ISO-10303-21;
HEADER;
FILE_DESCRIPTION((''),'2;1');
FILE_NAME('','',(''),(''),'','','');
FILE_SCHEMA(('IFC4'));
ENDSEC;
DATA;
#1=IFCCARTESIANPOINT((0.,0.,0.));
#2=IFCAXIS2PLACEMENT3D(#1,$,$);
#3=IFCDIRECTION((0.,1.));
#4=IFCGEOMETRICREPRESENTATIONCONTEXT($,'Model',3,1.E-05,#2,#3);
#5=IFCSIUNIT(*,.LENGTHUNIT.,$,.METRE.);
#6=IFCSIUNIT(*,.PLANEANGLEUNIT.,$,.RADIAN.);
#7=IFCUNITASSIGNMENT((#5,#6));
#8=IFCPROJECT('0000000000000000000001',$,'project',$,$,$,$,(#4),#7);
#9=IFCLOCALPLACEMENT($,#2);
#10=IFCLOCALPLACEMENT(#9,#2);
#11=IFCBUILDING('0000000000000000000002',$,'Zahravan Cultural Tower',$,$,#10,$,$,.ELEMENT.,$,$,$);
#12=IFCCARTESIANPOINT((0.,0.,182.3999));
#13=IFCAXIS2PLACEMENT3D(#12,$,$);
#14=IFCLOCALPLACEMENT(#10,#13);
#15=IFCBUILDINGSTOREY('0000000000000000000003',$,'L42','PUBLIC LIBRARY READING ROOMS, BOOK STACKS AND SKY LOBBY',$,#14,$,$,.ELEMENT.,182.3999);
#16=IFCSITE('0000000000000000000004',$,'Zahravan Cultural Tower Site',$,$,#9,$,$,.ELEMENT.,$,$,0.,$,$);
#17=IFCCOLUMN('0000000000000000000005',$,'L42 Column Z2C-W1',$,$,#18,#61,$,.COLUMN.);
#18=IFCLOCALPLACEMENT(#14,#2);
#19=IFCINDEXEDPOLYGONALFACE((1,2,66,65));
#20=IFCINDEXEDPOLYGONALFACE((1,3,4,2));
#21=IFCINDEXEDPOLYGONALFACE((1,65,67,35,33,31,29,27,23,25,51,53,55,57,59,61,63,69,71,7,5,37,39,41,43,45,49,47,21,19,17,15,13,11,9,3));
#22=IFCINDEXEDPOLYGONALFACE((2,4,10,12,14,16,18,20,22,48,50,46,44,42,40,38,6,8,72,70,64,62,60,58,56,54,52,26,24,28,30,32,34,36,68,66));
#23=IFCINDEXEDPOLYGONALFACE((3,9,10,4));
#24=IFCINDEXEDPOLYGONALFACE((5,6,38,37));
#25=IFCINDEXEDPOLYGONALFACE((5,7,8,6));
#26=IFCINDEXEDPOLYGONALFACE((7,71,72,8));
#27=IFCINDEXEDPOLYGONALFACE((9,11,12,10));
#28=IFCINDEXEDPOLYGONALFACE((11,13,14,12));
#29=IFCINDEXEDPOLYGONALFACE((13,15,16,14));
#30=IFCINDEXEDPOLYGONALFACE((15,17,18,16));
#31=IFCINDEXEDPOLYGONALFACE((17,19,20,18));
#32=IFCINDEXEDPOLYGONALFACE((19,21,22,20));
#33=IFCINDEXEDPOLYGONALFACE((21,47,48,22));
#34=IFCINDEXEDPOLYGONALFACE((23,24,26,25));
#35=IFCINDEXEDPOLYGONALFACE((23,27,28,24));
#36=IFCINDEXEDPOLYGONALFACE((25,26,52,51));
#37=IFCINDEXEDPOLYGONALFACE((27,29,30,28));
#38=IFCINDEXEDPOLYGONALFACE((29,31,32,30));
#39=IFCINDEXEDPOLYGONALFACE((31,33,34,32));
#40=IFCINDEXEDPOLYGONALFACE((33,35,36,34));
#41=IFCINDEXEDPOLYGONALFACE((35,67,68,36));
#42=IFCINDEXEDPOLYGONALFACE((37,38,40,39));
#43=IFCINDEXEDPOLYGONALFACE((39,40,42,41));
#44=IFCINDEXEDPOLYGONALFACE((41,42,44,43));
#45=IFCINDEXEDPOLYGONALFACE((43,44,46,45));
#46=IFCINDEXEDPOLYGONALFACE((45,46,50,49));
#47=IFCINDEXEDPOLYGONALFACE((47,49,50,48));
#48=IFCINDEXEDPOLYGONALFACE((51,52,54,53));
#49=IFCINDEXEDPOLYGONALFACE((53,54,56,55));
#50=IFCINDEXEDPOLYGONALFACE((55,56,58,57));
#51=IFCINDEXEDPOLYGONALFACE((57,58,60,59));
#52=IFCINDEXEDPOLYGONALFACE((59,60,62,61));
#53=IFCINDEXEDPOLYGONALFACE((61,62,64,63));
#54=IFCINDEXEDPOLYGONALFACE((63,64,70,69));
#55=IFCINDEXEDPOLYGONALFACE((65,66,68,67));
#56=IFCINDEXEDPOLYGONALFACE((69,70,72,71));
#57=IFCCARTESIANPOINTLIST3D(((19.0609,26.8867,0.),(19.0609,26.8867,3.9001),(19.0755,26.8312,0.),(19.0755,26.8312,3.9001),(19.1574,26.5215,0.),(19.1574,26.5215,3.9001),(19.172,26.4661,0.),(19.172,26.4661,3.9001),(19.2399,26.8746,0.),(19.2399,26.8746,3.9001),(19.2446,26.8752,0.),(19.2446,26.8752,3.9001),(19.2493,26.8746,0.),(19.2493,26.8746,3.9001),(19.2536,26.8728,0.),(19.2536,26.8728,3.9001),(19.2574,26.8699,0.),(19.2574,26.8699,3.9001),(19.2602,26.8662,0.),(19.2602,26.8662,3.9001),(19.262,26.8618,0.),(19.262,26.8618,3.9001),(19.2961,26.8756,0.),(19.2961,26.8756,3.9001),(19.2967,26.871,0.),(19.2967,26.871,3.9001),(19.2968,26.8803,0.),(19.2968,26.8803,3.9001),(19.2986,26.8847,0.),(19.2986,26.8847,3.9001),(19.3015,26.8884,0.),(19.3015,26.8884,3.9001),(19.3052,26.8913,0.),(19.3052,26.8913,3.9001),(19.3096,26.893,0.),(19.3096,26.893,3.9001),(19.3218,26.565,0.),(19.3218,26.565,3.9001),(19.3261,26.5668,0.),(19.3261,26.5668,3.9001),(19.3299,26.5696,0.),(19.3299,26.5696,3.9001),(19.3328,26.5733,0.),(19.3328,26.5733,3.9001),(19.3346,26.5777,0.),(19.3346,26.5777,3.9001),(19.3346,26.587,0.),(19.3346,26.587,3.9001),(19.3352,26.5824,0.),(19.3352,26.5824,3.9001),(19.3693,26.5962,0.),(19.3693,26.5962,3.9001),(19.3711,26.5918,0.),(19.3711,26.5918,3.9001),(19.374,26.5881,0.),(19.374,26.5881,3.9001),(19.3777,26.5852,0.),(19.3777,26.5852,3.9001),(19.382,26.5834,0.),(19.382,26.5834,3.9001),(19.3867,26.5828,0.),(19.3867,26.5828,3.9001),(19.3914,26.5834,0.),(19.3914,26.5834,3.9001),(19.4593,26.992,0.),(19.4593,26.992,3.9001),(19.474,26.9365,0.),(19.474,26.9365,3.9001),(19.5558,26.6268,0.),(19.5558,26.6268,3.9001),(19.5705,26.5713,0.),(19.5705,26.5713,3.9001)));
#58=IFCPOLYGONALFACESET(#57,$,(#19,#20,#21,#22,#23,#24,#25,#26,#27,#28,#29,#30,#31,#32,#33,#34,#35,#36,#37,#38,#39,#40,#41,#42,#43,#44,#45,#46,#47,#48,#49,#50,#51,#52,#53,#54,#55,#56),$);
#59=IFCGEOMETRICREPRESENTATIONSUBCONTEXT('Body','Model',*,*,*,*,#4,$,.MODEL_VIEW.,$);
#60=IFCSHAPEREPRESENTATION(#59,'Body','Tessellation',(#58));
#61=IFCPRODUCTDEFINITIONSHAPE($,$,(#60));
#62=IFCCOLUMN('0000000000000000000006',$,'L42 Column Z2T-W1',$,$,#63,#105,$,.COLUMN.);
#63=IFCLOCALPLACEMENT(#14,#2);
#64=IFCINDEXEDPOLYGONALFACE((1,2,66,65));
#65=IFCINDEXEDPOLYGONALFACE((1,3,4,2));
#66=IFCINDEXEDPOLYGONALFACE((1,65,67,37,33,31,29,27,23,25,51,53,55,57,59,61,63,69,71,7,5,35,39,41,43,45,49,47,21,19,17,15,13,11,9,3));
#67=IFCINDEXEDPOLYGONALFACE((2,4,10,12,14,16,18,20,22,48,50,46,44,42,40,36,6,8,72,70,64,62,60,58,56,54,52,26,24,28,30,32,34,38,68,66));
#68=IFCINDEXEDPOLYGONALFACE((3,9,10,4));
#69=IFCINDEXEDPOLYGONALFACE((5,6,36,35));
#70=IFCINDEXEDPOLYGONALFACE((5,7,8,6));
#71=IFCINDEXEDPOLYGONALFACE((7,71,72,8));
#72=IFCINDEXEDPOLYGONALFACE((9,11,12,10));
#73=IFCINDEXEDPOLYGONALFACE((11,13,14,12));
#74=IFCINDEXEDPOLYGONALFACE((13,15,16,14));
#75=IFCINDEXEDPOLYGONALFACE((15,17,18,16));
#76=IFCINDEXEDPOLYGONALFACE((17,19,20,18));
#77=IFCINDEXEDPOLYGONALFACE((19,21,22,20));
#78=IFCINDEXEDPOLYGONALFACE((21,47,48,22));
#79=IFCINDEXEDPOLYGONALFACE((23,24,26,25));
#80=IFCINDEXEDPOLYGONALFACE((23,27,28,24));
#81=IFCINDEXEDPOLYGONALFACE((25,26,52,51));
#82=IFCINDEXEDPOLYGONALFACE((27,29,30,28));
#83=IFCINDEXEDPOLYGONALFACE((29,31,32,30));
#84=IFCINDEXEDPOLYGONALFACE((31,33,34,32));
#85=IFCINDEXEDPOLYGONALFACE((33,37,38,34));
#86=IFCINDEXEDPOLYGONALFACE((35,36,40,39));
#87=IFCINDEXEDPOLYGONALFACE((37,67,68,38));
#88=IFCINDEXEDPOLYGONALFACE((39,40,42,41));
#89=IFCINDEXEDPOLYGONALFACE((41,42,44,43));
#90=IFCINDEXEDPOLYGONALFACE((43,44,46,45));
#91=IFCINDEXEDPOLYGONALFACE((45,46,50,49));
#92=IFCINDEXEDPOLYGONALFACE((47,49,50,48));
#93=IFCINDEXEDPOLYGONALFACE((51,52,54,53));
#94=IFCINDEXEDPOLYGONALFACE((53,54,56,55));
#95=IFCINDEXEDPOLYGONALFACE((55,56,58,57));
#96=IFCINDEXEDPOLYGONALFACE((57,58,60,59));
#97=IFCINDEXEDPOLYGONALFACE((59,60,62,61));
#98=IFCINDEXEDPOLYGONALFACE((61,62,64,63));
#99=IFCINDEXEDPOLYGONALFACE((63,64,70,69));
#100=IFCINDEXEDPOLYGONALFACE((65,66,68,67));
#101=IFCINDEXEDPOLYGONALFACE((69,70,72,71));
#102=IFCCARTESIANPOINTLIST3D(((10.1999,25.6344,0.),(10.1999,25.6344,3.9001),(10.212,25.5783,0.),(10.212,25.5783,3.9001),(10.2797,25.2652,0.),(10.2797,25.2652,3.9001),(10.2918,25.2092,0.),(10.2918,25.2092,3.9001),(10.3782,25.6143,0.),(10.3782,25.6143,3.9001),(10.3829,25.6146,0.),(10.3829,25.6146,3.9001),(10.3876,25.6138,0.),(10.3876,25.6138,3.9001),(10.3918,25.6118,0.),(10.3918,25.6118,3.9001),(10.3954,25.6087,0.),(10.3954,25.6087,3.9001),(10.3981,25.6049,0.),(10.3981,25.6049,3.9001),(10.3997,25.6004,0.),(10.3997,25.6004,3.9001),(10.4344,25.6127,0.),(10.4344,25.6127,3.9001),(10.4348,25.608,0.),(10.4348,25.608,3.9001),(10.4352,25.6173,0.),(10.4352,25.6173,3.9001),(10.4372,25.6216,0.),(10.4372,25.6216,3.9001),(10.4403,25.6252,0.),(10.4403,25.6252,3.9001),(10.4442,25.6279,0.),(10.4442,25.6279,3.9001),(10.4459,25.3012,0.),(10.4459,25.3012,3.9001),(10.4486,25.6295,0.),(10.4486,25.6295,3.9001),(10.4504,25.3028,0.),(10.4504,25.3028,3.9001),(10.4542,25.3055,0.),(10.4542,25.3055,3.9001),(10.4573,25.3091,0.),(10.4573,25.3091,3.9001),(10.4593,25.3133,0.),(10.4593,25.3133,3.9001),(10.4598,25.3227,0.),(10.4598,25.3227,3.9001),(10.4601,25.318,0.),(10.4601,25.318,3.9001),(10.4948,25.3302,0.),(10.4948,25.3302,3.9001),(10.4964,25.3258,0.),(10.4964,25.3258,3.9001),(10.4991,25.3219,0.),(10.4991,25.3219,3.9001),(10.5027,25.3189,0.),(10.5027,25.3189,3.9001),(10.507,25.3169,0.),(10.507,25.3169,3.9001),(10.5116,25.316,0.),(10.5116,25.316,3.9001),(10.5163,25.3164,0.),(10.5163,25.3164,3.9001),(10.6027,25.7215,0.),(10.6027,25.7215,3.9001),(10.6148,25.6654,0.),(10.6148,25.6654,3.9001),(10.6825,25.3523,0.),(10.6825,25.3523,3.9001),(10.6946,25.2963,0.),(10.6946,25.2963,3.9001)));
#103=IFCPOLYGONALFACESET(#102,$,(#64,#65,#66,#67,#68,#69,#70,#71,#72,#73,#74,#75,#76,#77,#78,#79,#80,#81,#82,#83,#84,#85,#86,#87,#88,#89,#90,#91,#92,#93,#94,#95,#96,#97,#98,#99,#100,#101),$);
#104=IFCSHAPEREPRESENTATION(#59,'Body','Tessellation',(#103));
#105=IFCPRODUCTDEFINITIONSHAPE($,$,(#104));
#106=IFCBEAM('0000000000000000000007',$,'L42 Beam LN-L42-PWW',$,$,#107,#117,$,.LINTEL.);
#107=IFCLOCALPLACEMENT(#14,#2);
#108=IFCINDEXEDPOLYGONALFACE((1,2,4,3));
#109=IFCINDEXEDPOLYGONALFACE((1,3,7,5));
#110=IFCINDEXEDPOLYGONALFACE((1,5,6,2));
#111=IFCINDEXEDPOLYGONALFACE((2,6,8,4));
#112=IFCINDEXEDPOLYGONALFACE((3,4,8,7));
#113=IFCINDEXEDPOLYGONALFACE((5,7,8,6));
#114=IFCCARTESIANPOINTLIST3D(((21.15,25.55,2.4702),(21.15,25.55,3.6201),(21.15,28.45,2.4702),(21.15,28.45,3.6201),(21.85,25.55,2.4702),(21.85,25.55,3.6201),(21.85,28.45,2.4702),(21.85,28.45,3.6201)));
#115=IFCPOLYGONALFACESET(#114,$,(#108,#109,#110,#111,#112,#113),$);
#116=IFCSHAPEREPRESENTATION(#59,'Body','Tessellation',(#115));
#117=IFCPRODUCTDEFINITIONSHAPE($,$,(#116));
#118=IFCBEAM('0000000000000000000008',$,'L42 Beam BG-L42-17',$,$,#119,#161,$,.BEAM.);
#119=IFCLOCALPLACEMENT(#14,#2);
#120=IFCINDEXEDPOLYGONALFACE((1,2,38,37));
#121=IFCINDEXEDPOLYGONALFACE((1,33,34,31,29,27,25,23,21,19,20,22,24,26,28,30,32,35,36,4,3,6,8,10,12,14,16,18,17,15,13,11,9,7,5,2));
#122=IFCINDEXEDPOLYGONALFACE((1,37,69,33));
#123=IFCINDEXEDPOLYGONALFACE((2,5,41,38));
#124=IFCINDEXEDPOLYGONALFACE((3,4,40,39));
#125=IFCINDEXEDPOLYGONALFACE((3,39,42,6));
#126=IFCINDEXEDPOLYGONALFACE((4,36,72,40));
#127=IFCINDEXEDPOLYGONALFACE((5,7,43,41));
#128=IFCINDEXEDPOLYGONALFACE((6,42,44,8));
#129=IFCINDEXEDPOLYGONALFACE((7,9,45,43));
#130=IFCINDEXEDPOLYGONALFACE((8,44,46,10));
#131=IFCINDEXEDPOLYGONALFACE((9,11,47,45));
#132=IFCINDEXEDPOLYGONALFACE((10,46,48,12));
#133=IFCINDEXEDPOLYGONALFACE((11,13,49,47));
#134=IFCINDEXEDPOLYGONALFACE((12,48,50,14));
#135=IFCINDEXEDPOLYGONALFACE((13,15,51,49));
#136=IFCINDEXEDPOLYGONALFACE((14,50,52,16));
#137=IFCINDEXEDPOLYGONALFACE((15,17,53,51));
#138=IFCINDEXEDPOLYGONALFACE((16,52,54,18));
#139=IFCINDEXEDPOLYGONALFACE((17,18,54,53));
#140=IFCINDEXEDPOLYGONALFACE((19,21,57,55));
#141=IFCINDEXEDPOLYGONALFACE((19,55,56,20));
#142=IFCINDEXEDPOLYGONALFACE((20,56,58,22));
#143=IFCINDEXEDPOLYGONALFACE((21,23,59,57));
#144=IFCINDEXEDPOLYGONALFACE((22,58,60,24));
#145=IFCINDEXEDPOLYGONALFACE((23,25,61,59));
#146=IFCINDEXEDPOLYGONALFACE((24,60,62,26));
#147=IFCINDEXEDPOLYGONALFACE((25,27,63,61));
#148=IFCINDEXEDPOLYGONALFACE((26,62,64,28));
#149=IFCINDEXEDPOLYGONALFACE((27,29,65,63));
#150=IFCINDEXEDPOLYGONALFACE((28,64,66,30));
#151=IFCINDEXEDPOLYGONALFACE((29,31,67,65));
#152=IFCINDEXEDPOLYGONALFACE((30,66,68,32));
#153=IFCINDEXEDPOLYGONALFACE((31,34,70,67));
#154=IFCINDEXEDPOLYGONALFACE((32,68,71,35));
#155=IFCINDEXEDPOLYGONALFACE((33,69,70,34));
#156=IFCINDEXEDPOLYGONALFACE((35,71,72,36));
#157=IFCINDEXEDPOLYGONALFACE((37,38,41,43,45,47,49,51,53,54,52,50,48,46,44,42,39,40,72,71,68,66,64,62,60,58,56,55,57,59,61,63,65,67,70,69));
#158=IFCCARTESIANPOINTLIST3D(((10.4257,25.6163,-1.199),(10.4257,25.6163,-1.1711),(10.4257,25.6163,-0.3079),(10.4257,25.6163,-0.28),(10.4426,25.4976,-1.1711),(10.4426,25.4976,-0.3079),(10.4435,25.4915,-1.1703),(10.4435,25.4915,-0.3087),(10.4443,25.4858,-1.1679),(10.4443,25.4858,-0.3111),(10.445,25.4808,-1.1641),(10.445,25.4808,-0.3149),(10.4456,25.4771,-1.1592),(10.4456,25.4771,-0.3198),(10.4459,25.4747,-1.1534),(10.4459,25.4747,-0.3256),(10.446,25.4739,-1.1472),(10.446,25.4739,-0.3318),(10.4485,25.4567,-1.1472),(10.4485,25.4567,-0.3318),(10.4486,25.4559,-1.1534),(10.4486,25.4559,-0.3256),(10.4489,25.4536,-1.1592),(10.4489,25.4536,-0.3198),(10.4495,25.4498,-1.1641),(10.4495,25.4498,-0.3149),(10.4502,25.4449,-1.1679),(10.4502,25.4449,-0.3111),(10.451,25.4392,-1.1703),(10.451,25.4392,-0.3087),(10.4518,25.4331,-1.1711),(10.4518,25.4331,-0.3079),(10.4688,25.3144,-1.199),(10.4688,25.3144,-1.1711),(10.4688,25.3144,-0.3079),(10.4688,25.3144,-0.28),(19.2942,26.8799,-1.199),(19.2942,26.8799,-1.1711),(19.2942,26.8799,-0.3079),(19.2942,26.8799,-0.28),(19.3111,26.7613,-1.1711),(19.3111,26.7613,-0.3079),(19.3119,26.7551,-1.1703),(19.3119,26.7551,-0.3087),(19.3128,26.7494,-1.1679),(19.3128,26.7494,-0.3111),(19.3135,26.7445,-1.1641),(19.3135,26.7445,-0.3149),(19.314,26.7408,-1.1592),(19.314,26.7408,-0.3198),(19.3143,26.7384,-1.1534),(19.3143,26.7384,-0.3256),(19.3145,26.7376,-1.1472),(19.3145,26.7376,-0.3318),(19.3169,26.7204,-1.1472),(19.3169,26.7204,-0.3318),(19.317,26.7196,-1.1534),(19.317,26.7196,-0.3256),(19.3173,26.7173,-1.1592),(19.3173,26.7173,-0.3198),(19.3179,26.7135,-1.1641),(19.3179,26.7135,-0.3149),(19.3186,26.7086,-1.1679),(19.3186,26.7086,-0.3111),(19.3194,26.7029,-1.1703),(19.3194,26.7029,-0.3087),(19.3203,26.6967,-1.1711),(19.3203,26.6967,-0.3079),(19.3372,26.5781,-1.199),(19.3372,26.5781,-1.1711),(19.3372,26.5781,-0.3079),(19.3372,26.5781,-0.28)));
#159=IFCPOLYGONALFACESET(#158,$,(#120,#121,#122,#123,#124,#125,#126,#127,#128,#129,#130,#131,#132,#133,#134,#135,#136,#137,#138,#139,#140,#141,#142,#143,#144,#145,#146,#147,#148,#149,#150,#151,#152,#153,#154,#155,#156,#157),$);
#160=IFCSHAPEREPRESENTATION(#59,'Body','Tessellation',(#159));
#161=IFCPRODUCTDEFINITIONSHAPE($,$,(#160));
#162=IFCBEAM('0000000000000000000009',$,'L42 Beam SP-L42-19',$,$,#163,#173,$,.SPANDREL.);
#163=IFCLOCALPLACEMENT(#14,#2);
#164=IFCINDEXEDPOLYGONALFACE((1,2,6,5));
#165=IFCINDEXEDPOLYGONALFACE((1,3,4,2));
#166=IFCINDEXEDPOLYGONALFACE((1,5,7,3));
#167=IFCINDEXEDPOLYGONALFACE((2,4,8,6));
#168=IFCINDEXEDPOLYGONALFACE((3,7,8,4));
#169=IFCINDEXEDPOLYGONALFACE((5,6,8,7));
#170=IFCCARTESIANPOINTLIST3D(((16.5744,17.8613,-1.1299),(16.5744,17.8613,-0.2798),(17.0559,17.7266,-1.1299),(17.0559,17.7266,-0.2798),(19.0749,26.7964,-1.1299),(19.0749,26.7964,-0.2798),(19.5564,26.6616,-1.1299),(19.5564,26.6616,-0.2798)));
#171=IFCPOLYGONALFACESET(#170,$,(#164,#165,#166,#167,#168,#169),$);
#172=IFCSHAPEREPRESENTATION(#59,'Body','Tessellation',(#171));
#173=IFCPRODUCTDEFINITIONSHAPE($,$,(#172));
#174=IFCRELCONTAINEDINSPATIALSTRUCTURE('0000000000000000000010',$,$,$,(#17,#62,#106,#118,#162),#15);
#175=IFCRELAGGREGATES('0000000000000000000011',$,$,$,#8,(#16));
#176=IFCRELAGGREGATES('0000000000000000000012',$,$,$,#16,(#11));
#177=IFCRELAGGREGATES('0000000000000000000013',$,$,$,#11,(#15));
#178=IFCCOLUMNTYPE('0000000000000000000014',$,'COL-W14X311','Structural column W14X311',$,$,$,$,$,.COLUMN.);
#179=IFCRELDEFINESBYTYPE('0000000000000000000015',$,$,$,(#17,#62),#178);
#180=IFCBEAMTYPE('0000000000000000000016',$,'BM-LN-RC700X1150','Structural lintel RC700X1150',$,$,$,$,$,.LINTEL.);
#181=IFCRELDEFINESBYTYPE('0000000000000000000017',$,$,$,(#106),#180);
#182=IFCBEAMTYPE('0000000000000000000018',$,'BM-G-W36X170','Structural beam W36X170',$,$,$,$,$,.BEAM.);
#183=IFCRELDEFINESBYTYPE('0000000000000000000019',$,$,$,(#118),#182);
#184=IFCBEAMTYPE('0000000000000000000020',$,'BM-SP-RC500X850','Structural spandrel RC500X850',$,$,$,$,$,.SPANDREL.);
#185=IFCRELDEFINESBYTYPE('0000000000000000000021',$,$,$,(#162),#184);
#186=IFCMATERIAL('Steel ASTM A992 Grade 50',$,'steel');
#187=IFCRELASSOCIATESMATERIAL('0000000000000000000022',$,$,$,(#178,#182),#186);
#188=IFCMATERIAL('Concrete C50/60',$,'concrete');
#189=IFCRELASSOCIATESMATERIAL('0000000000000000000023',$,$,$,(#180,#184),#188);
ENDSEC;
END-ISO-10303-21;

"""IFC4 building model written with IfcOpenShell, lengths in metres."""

from ifc_helpers import new_model, si_unit, direction, frame, origin, origin_2d, place, context, subcontext, project, spatial, rectangle, i_section, extrude, source, transform, mapped, material, material_profile, profile_set, type_object, element, save


model = new_model("IFC4")

# Units and contexts
model_context = context("Model", 3, precision=1e-05, world=origin(), true_north=direction((0.0, 1.0)))
body_context = subcontext(model_context, "Body", "Model", "MODEL_VIEW")
ifc_project = project(units=[si_unit("LENGTHUNIT", "METRE"), si_unit("PLANEANGLEUNIT", "RADIAN")], contexts=[model_context])

# Site, building, storey
site_placement = place(None, origin())
site = spatial("IfcSite", under=ifc_project, at=site_placement, Name="Zahravan Cultural Tower Site", CompositionType="ELEMENT", RefElevation=0.0)
building_placement = place(site_placement, origin())
building = spatial("IfcBuilding", under=site, at=building_placement, Name="Zahravan Cultural Tower", CompositionType="ELEMENT")
storey_placement = place(building_placement, frame((0.0, 0.0, 182.3999)))
storey = spatial("IfcBuildingStorey", under=building, at=storey_placement, Name="L42", Description="PUBLIC LIBRARY READING ROOMS, BOOK STACKS AND SKY LOBBY", CompositionType="ELEMENT", Elevation=182.3999)

# Columns
ifc_material_1 = material(Name="Steel ASTM A992 Grade 50", Category="steel")
ifc_material_profile_1 = material_profile(ifc_material_1, i_section(OverallWidth=0.4121, OverallDepth=0.4351, WebThickness=0.0359, FlangeThickness=0.0574, FilletRadius=0.0181, at=origin_2d()), Name="W14X311")
ifc_profile_set_1 = profile_set([ifc_material_profile_1], Name="Steel ASTM A992 Grade 50")
column_type = type_object("IfcColumnType", Name="COL-W14X311", Description="Structural column W14X311", PredefinedType="COLUMN", material=ifc_profile_set_1)
shared_shape_1 = source(origin(), body_context, "Body", "SweptSolid", [
    extrude(i_section(OverallWidth=0.4121, OverallDepth=0.4351, WebThickness=0.0359, FlangeThickness=0.0574, FilletRadius=0.0181, at=origin_2d()), origin(), (0.0, 0.0, 1.0), 3.9001),
])
for number, where, z_axis, x_axis, name in (
    (1, (19.3157, 26.729, 0.0), (0.0, 0.0, 1.0), (0.966823, 0.255446, 0.0), "L42 Column Z2C-W1"),
    (2, (10.4473, 25.4653, 0.0), (0.0, 0.0, 1.0), (0.977416, 0.211325, 0.0), "L42 Column Z2T-W1"),
):
    element("IfcColumn", number, at=place(storey_placement, frame(where, z_axis=z_axis, x_axis=x_axis)), inside=storey, type_object=column_type, Name=name, PredefinedType="COLUMN", context=body_context, shape_type="MappedRepresentation", body=[
        mapped(shared_shape_1, transform((0.0, 0.0, 0.0), x_axis=(1.0, 0.0, 0.0), y_axis=(0.0, 1.0, 0.0), z_axis=(0.0, 0.0, 1.0), scale=1.0)),
    ])

# Beams
ifc_material_2 = material(Name="Concrete C50/60", Category="concrete")
ifc_material_profile_2 = material_profile(ifc_material_2, rectangle(XDim=0.7, YDim=1.1499, at=origin_2d()), Name="RC700X1150")
ifc_profile_set_2 = profile_set([ifc_material_profile_2], Name="Concrete C50/60")
beam_type_1 = type_object("IfcBeamType", Name="BM-LN-RC700X1150", Description="Structural lintel RC700X1150", PredefinedType="LINTEL", material=ifc_profile_set_2)
shared_shape_2 = source(origin(), body_context, "Body", "SweptSolid", [
    extrude(rectangle(XDim=0.7, YDim=1.1499, at=origin_2d()), origin(), (0.0, 0.0, 1.0), 2.8999),
])
beam_1_placement = place(storey_placement, frame((21.5, 25.55, 3.0452), z_axis=(0.0, 1.0, 0.0), x_axis=(-1.0, 0.0, 0.0)))
element("IfcBeam", 3, at=beam_1_placement, inside=storey, type_object=beam_type_1, Name="L42 Beam LN-L42-PWW", PredefinedType="LINTEL", context=body_context, shape_type="MappedRepresentation", body=[
    mapped(shared_shape_2, transform((0.0, 0.0, 0.0), x_axis=(1.0, 0.0, 0.0), y_axis=(0.0, 1.0, 0.0), z_axis=(0.0, 0.0, 1.0), scale=1.0)),
])
ifc_material_profile_3 = material_profile(ifc_material_1, i_section(OverallWidth=0.3049, OverallDepth=0.9189, WebThickness=0.0173, FlangeThickness=0.0278, FilletRadius=0.0239, at=origin_2d()), Name="W36X170")
ifc_profile_set_3 = profile_set([ifc_material_profile_3], Name="Steel ASTM A992 Grade 50")
beam_type_2 = type_object("IfcBeamType", Name="BM-G-W36X170", Description="Structural beam W36X170", PredefinedType="BEAM", material=ifc_profile_set_3)
shared_shape_3 = source(origin(), body_context, "Body", "SweptSolid", [
    extrude(i_section(OverallWidth=0.3049, OverallDepth=0.9189, WebThickness=0.0173, FlangeThickness=0.0278, FilletRadius=0.0239, at=origin_2d()), origin(), (0.0, 0.0, 1.0), 8.958),
])
beam_2_placement = place(storey_placement, frame((19.3157, 26.729, -0.7395), z_axis=(-0.99, -0.141067, 0.0), x_axis=(0.141067, -0.99, 0.0)))
element("IfcBeam", 4, at=beam_2_placement, inside=storey, type_object=beam_type_2, Name="L42 Beam BG-L42-17", PredefinedType="BEAM", context=body_context, shape_type="MappedRepresentation", body=[
    mapped(shared_shape_3, transform((0.0, 0.0, 0.0), x_axis=(1.0, 0.0, 0.0), y_axis=(0.0, 1.0, 0.0), z_axis=(0.0, 0.0, 1.0), scale=1.0)),
])
ifc_material_profile_4 = material_profile(ifc_material_2, rectangle(XDim=0.5, YDim=0.8501, at=origin_2d()), Name="RC500X850")
ifc_profile_set_4 = profile_set([ifc_material_profile_4], Name="Concrete C50/60")
beam_type_3 = type_object("IfcBeamType", Name="BM-SP-RC500X850", Description="Structural spandrel RC500X850", PredefinedType="SPANDREL", material=ifc_profile_set_4)
shared_shape_4 = source(origin(), body_context, "Body", "SweptSolid", [
    extrude(rectangle(XDim=0.5, YDim=0.8501, at=origin_2d()), origin(), (0.0, 0.0, 1.0), 9.2783),
])
beam_3_placement = place(storey_placement, frame((19.3157, 26.729, -0.7048), z_axis=(-0.269497, -0.963001, 0.0), x_axis=(0.963001, -0.269497, 0.0)))
element("IfcBeam", 5, at=beam_3_placement, inside=storey, type_object=beam_type_3, Name="L42 Beam SP-L42-19", PredefinedType="SPANDREL", context=body_context, shape_type="MappedRepresentation", body=[
    mapped(shared_shape_4, transform((0.0, 0.0, 0.0), x_axis=(1.0, 0.0, 0.0), y_axis=(0.0, 1.0, 0.0), z_axis=(0.0, 0.0, 1.0), scale=1.0)),
])

save(model, "model.ifc")
